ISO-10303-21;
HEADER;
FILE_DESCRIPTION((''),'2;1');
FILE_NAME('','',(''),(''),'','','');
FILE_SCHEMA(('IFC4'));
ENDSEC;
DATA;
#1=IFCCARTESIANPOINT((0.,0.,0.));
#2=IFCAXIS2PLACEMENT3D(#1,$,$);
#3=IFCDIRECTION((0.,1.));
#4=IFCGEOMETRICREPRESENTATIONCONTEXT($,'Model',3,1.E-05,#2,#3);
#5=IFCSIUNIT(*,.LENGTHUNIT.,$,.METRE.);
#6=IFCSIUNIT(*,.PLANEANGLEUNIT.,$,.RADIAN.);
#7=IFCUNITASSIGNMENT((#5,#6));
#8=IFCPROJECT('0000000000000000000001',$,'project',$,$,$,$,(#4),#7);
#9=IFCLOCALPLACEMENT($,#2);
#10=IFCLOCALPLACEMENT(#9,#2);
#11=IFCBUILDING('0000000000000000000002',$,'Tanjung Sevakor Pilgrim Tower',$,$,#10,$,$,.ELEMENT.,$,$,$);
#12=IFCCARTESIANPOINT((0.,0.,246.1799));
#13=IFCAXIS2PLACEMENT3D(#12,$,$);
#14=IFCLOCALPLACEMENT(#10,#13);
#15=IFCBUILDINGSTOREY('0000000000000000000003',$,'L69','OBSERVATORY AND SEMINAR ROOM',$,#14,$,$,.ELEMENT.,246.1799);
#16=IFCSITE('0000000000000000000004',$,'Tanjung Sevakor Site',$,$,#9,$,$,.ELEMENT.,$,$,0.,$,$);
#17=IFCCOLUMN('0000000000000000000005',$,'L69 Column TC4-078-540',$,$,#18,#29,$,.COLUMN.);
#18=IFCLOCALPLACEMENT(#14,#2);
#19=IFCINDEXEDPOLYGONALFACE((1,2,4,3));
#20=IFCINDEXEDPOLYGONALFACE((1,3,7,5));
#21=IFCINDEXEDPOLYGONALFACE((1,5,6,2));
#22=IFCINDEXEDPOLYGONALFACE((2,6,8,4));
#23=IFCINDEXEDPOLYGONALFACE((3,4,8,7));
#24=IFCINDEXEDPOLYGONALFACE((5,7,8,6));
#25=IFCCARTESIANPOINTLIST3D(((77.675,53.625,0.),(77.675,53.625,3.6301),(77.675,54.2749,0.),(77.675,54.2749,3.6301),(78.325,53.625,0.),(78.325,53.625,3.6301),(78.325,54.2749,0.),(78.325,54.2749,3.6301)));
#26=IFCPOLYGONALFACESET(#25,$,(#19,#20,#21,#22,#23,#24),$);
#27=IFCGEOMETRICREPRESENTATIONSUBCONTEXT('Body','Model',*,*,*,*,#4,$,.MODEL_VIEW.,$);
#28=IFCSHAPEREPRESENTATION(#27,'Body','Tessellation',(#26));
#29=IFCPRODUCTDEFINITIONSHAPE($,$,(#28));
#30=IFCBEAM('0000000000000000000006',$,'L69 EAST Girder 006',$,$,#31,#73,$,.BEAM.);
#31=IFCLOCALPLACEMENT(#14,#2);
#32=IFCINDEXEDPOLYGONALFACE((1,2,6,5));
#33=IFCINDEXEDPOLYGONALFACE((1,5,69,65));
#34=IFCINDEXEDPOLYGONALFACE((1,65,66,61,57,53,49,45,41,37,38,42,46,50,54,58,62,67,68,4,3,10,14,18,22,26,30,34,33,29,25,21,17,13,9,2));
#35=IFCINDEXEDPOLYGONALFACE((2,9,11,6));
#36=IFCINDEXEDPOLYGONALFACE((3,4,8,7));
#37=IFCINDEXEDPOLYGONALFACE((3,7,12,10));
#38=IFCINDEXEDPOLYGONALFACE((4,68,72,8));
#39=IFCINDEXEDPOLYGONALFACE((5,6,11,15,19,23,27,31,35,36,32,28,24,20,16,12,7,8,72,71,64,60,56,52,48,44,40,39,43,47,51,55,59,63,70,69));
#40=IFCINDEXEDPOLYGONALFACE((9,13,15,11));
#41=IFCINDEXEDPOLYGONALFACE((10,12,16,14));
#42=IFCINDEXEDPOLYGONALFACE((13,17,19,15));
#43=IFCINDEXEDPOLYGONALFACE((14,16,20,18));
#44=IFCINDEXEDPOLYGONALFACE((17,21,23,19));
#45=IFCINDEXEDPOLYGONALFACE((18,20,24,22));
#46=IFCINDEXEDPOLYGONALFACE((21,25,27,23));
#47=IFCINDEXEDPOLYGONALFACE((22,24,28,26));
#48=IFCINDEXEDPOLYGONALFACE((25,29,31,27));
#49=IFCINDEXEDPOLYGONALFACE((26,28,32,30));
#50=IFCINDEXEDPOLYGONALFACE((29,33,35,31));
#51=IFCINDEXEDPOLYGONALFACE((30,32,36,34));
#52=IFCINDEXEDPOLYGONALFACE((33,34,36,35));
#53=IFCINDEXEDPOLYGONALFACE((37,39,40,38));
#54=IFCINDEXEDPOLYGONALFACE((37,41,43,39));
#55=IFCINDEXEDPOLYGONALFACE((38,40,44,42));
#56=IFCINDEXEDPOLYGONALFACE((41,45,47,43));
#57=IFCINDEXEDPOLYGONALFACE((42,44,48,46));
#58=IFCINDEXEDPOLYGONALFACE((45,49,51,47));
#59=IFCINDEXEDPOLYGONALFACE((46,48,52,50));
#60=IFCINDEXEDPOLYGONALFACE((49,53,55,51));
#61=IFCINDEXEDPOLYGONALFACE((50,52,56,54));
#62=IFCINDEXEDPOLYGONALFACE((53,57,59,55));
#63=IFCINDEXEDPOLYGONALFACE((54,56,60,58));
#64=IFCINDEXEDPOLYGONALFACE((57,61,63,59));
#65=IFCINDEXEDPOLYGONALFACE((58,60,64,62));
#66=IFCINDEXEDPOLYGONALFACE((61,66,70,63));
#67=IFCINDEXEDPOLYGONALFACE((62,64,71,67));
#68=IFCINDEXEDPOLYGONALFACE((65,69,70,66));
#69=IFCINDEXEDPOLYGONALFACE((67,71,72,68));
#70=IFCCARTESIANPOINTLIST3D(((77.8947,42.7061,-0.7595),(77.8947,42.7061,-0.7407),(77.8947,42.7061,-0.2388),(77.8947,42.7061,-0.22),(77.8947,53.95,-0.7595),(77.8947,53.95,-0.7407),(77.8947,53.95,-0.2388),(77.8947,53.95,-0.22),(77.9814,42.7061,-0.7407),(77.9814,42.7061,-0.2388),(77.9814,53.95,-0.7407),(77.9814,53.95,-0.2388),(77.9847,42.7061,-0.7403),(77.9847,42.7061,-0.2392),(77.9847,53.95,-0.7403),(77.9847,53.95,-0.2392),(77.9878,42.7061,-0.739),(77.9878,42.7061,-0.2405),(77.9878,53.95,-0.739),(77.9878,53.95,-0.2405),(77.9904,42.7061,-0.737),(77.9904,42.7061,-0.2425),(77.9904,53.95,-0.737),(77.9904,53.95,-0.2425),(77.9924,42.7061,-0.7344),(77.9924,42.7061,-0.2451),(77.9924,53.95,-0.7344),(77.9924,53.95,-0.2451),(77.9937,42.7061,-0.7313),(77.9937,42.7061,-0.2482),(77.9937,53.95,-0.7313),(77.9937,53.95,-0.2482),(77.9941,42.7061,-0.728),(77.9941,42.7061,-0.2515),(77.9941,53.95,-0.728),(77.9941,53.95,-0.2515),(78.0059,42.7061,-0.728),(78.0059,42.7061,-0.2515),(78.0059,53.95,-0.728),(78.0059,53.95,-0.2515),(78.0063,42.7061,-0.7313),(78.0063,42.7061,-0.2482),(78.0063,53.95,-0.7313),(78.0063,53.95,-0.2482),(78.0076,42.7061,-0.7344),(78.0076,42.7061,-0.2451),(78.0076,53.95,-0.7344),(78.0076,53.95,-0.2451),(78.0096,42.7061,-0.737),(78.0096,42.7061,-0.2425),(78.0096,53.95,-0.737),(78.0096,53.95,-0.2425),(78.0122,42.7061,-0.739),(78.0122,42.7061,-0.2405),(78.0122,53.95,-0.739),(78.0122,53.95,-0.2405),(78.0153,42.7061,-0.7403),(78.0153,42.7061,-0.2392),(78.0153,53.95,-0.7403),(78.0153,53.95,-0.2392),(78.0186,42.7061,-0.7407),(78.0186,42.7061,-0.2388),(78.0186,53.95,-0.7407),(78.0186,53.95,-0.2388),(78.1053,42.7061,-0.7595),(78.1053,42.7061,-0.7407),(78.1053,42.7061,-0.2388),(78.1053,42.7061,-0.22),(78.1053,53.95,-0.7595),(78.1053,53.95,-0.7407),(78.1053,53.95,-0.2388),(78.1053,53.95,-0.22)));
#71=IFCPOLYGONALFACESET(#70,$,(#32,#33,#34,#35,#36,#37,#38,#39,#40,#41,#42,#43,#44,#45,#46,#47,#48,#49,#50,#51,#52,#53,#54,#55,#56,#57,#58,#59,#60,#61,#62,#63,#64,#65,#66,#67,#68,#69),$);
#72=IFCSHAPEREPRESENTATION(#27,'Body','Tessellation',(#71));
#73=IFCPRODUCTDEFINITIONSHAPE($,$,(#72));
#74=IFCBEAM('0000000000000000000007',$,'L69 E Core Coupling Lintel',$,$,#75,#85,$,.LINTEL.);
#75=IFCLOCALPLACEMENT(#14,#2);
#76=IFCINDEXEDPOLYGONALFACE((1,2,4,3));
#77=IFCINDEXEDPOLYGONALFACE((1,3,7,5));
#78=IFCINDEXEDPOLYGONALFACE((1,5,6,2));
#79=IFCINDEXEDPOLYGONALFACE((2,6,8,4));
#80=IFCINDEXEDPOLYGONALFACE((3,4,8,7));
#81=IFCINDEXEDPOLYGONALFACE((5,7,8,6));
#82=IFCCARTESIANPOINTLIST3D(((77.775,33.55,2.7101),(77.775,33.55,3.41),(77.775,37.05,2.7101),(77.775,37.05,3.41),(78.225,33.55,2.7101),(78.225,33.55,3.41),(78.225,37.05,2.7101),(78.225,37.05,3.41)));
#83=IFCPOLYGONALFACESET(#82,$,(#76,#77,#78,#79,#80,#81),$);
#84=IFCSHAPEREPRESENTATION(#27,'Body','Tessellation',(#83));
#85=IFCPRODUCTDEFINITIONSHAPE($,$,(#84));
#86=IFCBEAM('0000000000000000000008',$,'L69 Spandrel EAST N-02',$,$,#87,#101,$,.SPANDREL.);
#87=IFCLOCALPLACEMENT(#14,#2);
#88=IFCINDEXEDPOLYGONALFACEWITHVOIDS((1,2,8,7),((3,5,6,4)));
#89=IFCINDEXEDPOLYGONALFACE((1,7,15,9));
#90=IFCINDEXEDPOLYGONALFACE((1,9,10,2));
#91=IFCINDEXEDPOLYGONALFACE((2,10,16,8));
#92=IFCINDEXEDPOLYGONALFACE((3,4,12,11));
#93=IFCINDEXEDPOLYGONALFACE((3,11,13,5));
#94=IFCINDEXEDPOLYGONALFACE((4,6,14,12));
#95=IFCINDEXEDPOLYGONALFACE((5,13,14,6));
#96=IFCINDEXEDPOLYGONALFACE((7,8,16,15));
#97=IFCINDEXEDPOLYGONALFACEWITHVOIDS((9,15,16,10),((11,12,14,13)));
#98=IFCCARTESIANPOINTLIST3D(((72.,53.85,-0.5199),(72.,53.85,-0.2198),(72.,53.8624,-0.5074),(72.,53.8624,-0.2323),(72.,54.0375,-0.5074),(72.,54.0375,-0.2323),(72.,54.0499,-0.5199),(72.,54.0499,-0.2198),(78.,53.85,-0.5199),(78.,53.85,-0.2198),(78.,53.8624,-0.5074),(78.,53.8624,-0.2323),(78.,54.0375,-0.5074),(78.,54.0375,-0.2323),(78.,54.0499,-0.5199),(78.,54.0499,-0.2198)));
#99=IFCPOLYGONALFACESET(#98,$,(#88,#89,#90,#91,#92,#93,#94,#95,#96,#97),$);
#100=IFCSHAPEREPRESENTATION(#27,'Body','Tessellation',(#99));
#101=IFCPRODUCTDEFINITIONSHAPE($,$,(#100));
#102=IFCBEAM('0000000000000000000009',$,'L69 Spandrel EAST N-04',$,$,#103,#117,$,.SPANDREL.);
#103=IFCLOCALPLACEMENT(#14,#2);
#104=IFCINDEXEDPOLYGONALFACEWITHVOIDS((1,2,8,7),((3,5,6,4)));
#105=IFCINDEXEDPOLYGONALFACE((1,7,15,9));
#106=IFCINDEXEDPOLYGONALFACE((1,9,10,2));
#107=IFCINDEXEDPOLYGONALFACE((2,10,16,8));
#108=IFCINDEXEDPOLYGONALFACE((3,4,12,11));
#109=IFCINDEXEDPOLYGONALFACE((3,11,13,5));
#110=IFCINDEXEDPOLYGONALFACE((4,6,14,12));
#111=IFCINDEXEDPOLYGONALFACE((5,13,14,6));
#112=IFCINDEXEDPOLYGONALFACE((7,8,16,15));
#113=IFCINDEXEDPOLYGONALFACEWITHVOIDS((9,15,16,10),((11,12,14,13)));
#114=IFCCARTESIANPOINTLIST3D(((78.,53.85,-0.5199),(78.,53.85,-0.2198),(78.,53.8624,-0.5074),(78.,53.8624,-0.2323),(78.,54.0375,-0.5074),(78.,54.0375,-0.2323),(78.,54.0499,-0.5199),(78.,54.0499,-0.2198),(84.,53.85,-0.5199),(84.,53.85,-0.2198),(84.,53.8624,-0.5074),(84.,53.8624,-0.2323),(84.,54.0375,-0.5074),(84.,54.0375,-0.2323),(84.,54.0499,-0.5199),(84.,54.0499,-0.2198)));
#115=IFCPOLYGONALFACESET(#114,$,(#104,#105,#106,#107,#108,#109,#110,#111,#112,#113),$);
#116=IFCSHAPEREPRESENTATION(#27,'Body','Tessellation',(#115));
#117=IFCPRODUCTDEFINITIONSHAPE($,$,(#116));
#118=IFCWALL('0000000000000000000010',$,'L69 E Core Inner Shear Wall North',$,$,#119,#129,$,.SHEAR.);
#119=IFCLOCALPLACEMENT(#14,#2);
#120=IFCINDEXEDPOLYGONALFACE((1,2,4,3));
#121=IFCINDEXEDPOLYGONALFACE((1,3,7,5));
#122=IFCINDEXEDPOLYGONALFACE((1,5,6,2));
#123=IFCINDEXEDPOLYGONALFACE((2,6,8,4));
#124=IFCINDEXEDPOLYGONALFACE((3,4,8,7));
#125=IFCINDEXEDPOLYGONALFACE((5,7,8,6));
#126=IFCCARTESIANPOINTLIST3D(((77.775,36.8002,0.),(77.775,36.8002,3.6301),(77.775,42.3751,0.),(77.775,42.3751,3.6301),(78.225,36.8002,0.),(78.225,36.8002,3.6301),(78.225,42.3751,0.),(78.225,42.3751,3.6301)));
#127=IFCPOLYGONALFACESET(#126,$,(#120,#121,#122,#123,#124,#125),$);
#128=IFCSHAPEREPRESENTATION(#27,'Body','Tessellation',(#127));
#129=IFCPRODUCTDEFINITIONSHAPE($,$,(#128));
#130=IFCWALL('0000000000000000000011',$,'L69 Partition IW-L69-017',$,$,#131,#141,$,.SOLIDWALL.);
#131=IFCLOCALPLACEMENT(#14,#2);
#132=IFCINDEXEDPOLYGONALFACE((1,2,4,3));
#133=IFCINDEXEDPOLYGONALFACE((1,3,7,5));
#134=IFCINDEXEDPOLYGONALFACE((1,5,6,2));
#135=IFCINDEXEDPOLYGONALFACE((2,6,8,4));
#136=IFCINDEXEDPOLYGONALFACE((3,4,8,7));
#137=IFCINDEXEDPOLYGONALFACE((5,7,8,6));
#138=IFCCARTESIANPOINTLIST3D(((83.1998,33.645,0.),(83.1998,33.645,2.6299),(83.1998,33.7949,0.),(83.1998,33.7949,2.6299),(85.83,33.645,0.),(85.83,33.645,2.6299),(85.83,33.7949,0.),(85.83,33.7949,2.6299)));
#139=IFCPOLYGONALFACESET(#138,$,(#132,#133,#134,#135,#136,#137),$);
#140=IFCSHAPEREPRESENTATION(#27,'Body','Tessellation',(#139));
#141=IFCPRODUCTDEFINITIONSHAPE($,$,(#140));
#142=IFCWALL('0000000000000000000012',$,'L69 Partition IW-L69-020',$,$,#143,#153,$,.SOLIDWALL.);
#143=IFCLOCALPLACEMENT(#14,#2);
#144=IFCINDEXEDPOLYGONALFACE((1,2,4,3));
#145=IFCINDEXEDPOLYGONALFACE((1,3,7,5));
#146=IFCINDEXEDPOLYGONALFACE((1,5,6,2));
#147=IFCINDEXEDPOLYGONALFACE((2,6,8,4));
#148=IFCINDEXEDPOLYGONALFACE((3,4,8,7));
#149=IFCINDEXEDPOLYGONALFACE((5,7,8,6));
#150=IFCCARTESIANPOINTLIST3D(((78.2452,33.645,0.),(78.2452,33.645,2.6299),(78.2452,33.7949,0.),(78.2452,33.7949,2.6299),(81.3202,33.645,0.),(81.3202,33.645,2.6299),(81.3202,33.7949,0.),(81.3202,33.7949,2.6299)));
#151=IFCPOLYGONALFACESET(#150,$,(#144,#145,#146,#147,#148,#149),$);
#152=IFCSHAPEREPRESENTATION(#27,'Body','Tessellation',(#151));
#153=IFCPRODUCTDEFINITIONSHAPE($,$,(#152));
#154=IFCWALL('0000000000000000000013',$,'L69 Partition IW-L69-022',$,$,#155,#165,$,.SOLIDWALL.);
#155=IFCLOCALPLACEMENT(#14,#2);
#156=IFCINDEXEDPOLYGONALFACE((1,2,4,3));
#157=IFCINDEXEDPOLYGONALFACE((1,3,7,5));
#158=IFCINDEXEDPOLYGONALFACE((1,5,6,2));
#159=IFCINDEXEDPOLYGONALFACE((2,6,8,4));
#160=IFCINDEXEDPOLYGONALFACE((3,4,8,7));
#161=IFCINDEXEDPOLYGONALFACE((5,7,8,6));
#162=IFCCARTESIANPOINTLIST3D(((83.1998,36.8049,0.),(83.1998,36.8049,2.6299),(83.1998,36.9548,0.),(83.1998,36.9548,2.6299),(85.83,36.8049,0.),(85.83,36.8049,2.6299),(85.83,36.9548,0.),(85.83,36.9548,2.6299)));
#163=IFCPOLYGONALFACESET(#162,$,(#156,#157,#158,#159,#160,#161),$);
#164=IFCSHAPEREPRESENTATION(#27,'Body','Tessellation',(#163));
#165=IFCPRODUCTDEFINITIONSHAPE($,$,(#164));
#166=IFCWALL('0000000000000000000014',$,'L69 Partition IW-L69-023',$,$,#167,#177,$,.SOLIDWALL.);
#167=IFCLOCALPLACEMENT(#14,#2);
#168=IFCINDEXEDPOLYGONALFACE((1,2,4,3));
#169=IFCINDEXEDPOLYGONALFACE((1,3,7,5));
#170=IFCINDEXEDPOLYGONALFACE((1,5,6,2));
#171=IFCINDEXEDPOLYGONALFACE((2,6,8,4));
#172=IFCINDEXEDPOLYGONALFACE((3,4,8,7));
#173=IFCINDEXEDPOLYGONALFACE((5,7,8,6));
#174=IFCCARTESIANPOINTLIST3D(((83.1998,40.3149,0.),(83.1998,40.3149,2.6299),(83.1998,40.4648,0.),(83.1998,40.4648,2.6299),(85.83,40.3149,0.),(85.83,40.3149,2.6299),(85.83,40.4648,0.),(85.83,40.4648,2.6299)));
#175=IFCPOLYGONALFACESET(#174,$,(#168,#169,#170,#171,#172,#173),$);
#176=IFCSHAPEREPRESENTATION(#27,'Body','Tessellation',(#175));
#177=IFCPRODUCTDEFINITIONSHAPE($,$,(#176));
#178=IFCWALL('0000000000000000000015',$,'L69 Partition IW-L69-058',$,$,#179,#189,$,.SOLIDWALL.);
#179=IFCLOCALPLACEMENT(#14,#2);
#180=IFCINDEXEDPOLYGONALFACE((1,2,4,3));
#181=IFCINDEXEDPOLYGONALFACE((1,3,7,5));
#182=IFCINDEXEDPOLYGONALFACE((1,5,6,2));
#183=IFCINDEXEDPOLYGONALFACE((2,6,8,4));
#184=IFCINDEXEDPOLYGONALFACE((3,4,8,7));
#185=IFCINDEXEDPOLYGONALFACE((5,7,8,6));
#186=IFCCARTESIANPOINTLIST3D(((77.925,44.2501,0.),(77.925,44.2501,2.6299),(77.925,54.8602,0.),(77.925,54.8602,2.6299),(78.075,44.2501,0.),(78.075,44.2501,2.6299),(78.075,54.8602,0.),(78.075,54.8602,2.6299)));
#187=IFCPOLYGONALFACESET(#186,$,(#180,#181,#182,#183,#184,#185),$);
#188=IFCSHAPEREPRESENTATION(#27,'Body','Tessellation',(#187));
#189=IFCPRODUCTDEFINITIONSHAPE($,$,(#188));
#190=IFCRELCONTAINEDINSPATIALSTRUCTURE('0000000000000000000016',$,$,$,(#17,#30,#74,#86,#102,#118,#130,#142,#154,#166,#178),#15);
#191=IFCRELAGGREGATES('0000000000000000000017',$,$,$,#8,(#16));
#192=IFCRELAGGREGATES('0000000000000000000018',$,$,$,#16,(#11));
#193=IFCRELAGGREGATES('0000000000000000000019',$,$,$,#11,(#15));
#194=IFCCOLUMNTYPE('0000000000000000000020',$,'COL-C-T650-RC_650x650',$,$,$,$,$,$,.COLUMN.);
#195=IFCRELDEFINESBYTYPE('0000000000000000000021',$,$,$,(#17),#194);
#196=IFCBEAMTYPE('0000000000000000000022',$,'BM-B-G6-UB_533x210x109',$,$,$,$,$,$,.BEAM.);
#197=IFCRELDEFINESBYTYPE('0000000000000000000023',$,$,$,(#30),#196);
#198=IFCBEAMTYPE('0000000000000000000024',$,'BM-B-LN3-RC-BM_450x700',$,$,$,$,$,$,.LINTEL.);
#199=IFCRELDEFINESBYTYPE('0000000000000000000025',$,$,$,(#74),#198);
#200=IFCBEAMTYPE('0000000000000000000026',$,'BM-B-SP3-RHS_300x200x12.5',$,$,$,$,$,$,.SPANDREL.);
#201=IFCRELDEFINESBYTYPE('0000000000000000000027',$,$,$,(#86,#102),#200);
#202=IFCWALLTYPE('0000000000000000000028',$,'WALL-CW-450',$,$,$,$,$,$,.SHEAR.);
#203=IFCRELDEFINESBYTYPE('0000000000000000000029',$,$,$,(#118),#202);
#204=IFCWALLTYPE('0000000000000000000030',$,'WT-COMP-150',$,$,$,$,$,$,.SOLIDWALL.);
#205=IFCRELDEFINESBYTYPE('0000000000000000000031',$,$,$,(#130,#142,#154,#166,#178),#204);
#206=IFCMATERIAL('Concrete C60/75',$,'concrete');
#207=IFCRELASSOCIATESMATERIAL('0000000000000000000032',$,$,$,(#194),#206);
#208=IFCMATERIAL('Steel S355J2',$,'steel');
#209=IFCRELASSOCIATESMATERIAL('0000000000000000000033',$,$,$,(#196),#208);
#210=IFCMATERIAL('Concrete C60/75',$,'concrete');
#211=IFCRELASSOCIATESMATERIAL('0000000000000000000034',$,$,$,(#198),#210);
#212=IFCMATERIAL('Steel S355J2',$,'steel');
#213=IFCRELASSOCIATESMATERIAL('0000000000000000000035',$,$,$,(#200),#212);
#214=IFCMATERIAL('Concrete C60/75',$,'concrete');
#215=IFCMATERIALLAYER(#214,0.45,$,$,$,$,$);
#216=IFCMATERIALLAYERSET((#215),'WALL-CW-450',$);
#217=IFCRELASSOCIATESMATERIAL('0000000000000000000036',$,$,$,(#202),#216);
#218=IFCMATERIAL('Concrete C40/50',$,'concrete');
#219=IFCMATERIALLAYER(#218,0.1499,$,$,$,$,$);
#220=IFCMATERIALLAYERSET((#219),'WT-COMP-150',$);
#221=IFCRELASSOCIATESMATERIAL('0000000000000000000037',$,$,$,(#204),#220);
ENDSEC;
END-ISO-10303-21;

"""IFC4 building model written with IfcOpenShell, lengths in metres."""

from ifc_helpers import new_model, si_unit, direction, frame, frame_2d, origin, origin_2d, place, context, subcontext, project, spatial, rectangle, hollow_rectangle, i_section, extrude, material, layer, layer_set, material_profile, profile_set, type_object, element, save


model = new_model("IFC4")

# Units and contexts
model_context = context("Model", 3, precision=1e-05, world=origin(), true_north=direction((0.0, 1.0)))
body_context = subcontext(model_context, "Body", "Model", "MODEL_VIEW")
ifc_project = project(units=[si_unit("LENGTHUNIT", "METRE"), si_unit("PLANEANGLEUNIT", "RADIAN")], contexts=[model_context])

# Site, building, storey
site_placement = place(None, origin())
site = spatial("IfcSite", under=ifc_project, at=site_placement, Name="Tanjung Sevakor Site", CompositionType="ELEMENT", RefElevation=0.0)
building_placement = place(site_placement, origin())
building = spatial("IfcBuilding", under=site, at=building_placement, Name="Tanjung Sevakor Pilgrim Tower", CompositionType="ELEMENT")
storey_placement = place(building_placement, frame((0.0, 0.0, 246.1799)))
storey = spatial("IfcBuildingStorey", under=building, at=storey_placement, Name="L69", Description="OBSERVATORY AND SEMINAR ROOM", CompositionType="ELEMENT", Elevation=246.1799)

# Column
ifc_material_1 = material(Name="Concrete C60/75", Category="concrete")
ifc_material_profile_1 = material_profile(ifc_material_1, rectangle(XDim=0.6499, YDim=0.6499, at=origin_2d()))
ifc_profile_set_1 = profile_set([ifc_material_profile_1], Name="Concrete C60/75")
column_type = type_object("IfcColumnType", Name="COL-C-T650-RC_650x650", PredefinedType="COLUMN", material=ifc_profile_set_1)
column_placement = place(storey_placement, frame((78.0, 53.95, 0.0), z_axis=(0.0, 0.0, 1.0), x_axis=(1.0, 0.0, 0.0)))
element("IfcColumn", 1, at=column_placement, inside=storey, type_object=column_type, Name="L69 Column TC4-078-540", PredefinedType="COLUMN", context=body_context, shape_type="SweptSolid", body=[
    extrude(rectangle(XDim=0.6499, YDim=0.6499, at=origin_2d()), origin(), (0.0, 0.0, 1.0), 3.6301),
])

# Beams
ifc_material_2 = material(Name="Steel S355J2", Category="steel")
ifc_material_profile_2 = material_profile(ifc_material_2, i_section(OverallWidth=0.2107, OverallDepth=0.5396, WebThickness=0.0117, FlangeThickness=0.0188, FilletRadius=0.0127, at=origin_2d()))
ifc_profile_set_2 = profile_set([ifc_material_profile_2], Name="Steel S355J2")
beam_type_1 = type_object("IfcBeamType", Name="BM-B-G6-UB_533x210x109", PredefinedType="BEAM", material=ifc_profile_set_2)
beam_1_placement = place(storey_placement, frame((78.0, 42.7061, -0.4897), z_axis=(0.0, 1.0, 0.0), x_axis=(-1.0, 0.0, 0.0)))
element("IfcBeam", 2, at=beam_1_placement, inside=storey, type_object=beam_type_1, Name="L69 EAST Girder 006", PredefinedType="BEAM", context=body_context, shape_type="SweptSolid", body=[
    extrude(i_section(OverallWidth=0.2107, OverallDepth=0.5396, WebThickness=0.0117, FlangeThickness=0.0188, FilletRadius=0.0127, at=origin_2d()), origin(), (0.0, 0.0, 1.0), 11.2439),
])
ifc_material_3 = material(Name="Concrete C60/75", Category="concrete")
ifc_material_profile_3 = material_profile(ifc_material_3, rectangle(XDim=0.45, YDim=0.7, at=origin_2d()))
ifc_profile_set_3 = profile_set([ifc_material_profile_3], Name="Concrete C60/75")
beam_type_2 = type_object("IfcBeamType", Name="BM-B-LN3-RC-BM_450x700", PredefinedType="LINTEL", material=ifc_profile_set_3)
beam_2_placement = place(storey_placement, frame((78.0, 33.55, 3.0601), z_axis=(0.0, 1.0, 0.0), x_axis=(-1.0, 0.0, 0.0)))
element("IfcBeam", 3, at=beam_2_placement, inside=storey, type_object=beam_type_2, Name="L69 E Core Coupling Lintel", PredefinedType="LINTEL", context=body_context, shape_type="SweptSolid", body=[
    extrude(rectangle(XDim=0.45, YDim=0.7, at=origin_2d()), origin(), (0.0, 0.0, 1.0), 3.5),
])
ifc_material_4 = material(Name="Steel S355J2", Category="steel")
ifc_material_profile_4 = material_profile(ifc_material_4, hollow_rectangle(XDim=0.2, YDim=0.3, WallThickness=0.0125, at=origin_2d()))
ifc_profile_set_4 = profile_set([ifc_material_profile_4], Name="Steel S355J2")
beam_type_3 = type_object("IfcBeamType", Name="BM-B-SP3-RHS_300x200x12.5", PredefinedType="SPANDREL", material=ifc_profile_set_4)
for number, where, z_axis, x_axis, name in (
    (4, (72.0, 53.95, -0.3699), (1.0, 0.0, 0.0), (0.0, 1.0, 0.0), "L69 Spandrel EAST N-02"),
    (5, (78.0, 53.95, -0.3699), (1.0, 0.0, 0.0), (0.0, 1.0, 0.0), "L69 Spandrel EAST N-04"),
):
    element("IfcBeam", number, at=place(storey_placement, frame(where, z_axis=z_axis, x_axis=x_axis)), inside=storey, type_object=beam_type_3, Name=name, PredefinedType="SPANDREL", context=body_context, shape_type="SweptSolid", body=[
        extrude(hollow_rectangle(XDim=0.2, YDim=0.3, WallThickness=0.0125, at=origin_2d()), origin(), (0.0, 0.0, 1.0), 6.0),
    ])

# Walls
ifc_material_5 = material(Name="Concrete C60/75", Category="concrete")
ifc_layer_1 = layer(ifc_material_5, 0.45)
ifc_layer_set_1 = layer_set([ifc_layer_1], Name="WALL-CW-450")
wall_type_1 = type_object("IfcWallType", Name="WALL-CW-450", PredefinedType="SHEAR", material=ifc_layer_set_1)
wall_1_placement = place(storey_placement, frame((78.0, 36.8, 0.0), z_axis=(0.0, 0.0, 1.0), x_axis=(0.0, 1.0, 0.0)))
element("IfcWall", 6, at=wall_1_placement, inside=storey, type_object=wall_type_1, Name="L69 E Core Inner Shear Wall North", PredefinedType="SHEAR", context=body_context, shape_type="SweptSolid", body=[
    extrude(rectangle(XDim=5.575, YDim=0.45, at=frame_2d((2.7876, 0.0))), origin(), (0.0, 0.0, 1.0), 3.6301),
])
ifc_material_6 = material(Name="Concrete C40/50", Category="concrete")
ifc_layer_2 = layer(ifc_material_6, 0.1499)
ifc_layer_set_2 = layer_set([ifc_layer_2], Name="WT-COMP-150")
wall_type_2 = type_object("IfcWallType", Name="WT-COMP-150", PredefinedType="SOLIDWALL", material=ifc_layer_set_2)
wall_2_placement = place(storey_placement, frame((83.2, 33.72, 0.0), z_axis=(0.0, 0.0, 1.0), x_axis=(1.0, 0.0, 0.0)))
element("IfcWall", 7, at=wall_2_placement, inside=storey, type_object=wall_type_2, Name="L69 Partition IW-L69-017", PredefinedType="SOLIDWALL", context=body_context, shape_type="SweptSolid", body=[
    extrude(rectangle(XDim=2.6301, YDim=0.1499, at=frame_2d((1.3149, 0.0))), origin(), (0.0, 0.0, 1.0), 2.6299),
])
wall_3_placement = place(storey_placement, frame((78.2451, 33.72, 0.0), z_axis=(0.0, 0.0, 1.0), x_axis=(1.0, 0.0, 0.0)))
element("IfcWall", 8, at=wall_3_placement, inside=storey, type_object=wall_type_2, Name="L69 Partition IW-L69-020", PredefinedType="SOLIDWALL", context=body_context, shape_type="SweptSolid", body=[
    extrude(rectangle(XDim=3.075, YDim=0.1499, at=frame_2d((1.5376, 0.0))), origin(), (0.0, 0.0, 1.0), 2.6299),
])
for number, where, z_axis, x_axis, name in (
    (9, (83.2, 36.8799, 0.0), (0.0, 0.0, 1.0), (1.0, 0.0, 0.0), "L69 Partition IW-L69-022"),
    (10, (83.2, 40.3899, 0.0), (0.0, 0.0, 1.0), (1.0, 0.0, 0.0), "L69 Partition IW-L69-023"),
):
    element("IfcWall", number, at=place(storey_placement, frame(where, z_axis=z_axis, x_axis=x_axis)), inside=storey, type_object=wall_type_2, Name=name, PredefinedType="SOLIDWALL", context=body_context, shape_type="SweptSolid", body=[
        extrude(rectangle(XDim=2.6301, YDim=0.1499, at=frame_2d((1.3149, 0.0))), origin(), (0.0, 0.0, 1.0), 2.6299),
    ])

# Wall
wall_4_placement = place(storey_placement, frame((78.0, 44.25, 0.0), z_axis=(0.0, 0.0, 1.0), x_axis=(0.0, 1.0, 0.0)))
element("IfcWall", 11, at=wall_4_placement, inside=storey, type_object=wall_type_2, Name="L69 Partition IW-L69-058", PredefinedType="SOLIDWALL", context=body_context, shape_type="SweptSolid", body=[
    extrude(rectangle(XDim=10.6101, YDim=0.1499, at=frame_2d((5.3052, 0.0))), origin(), (0.0, 0.0, 1.0), 2.6299),
])

save(model, "model.ifc")
